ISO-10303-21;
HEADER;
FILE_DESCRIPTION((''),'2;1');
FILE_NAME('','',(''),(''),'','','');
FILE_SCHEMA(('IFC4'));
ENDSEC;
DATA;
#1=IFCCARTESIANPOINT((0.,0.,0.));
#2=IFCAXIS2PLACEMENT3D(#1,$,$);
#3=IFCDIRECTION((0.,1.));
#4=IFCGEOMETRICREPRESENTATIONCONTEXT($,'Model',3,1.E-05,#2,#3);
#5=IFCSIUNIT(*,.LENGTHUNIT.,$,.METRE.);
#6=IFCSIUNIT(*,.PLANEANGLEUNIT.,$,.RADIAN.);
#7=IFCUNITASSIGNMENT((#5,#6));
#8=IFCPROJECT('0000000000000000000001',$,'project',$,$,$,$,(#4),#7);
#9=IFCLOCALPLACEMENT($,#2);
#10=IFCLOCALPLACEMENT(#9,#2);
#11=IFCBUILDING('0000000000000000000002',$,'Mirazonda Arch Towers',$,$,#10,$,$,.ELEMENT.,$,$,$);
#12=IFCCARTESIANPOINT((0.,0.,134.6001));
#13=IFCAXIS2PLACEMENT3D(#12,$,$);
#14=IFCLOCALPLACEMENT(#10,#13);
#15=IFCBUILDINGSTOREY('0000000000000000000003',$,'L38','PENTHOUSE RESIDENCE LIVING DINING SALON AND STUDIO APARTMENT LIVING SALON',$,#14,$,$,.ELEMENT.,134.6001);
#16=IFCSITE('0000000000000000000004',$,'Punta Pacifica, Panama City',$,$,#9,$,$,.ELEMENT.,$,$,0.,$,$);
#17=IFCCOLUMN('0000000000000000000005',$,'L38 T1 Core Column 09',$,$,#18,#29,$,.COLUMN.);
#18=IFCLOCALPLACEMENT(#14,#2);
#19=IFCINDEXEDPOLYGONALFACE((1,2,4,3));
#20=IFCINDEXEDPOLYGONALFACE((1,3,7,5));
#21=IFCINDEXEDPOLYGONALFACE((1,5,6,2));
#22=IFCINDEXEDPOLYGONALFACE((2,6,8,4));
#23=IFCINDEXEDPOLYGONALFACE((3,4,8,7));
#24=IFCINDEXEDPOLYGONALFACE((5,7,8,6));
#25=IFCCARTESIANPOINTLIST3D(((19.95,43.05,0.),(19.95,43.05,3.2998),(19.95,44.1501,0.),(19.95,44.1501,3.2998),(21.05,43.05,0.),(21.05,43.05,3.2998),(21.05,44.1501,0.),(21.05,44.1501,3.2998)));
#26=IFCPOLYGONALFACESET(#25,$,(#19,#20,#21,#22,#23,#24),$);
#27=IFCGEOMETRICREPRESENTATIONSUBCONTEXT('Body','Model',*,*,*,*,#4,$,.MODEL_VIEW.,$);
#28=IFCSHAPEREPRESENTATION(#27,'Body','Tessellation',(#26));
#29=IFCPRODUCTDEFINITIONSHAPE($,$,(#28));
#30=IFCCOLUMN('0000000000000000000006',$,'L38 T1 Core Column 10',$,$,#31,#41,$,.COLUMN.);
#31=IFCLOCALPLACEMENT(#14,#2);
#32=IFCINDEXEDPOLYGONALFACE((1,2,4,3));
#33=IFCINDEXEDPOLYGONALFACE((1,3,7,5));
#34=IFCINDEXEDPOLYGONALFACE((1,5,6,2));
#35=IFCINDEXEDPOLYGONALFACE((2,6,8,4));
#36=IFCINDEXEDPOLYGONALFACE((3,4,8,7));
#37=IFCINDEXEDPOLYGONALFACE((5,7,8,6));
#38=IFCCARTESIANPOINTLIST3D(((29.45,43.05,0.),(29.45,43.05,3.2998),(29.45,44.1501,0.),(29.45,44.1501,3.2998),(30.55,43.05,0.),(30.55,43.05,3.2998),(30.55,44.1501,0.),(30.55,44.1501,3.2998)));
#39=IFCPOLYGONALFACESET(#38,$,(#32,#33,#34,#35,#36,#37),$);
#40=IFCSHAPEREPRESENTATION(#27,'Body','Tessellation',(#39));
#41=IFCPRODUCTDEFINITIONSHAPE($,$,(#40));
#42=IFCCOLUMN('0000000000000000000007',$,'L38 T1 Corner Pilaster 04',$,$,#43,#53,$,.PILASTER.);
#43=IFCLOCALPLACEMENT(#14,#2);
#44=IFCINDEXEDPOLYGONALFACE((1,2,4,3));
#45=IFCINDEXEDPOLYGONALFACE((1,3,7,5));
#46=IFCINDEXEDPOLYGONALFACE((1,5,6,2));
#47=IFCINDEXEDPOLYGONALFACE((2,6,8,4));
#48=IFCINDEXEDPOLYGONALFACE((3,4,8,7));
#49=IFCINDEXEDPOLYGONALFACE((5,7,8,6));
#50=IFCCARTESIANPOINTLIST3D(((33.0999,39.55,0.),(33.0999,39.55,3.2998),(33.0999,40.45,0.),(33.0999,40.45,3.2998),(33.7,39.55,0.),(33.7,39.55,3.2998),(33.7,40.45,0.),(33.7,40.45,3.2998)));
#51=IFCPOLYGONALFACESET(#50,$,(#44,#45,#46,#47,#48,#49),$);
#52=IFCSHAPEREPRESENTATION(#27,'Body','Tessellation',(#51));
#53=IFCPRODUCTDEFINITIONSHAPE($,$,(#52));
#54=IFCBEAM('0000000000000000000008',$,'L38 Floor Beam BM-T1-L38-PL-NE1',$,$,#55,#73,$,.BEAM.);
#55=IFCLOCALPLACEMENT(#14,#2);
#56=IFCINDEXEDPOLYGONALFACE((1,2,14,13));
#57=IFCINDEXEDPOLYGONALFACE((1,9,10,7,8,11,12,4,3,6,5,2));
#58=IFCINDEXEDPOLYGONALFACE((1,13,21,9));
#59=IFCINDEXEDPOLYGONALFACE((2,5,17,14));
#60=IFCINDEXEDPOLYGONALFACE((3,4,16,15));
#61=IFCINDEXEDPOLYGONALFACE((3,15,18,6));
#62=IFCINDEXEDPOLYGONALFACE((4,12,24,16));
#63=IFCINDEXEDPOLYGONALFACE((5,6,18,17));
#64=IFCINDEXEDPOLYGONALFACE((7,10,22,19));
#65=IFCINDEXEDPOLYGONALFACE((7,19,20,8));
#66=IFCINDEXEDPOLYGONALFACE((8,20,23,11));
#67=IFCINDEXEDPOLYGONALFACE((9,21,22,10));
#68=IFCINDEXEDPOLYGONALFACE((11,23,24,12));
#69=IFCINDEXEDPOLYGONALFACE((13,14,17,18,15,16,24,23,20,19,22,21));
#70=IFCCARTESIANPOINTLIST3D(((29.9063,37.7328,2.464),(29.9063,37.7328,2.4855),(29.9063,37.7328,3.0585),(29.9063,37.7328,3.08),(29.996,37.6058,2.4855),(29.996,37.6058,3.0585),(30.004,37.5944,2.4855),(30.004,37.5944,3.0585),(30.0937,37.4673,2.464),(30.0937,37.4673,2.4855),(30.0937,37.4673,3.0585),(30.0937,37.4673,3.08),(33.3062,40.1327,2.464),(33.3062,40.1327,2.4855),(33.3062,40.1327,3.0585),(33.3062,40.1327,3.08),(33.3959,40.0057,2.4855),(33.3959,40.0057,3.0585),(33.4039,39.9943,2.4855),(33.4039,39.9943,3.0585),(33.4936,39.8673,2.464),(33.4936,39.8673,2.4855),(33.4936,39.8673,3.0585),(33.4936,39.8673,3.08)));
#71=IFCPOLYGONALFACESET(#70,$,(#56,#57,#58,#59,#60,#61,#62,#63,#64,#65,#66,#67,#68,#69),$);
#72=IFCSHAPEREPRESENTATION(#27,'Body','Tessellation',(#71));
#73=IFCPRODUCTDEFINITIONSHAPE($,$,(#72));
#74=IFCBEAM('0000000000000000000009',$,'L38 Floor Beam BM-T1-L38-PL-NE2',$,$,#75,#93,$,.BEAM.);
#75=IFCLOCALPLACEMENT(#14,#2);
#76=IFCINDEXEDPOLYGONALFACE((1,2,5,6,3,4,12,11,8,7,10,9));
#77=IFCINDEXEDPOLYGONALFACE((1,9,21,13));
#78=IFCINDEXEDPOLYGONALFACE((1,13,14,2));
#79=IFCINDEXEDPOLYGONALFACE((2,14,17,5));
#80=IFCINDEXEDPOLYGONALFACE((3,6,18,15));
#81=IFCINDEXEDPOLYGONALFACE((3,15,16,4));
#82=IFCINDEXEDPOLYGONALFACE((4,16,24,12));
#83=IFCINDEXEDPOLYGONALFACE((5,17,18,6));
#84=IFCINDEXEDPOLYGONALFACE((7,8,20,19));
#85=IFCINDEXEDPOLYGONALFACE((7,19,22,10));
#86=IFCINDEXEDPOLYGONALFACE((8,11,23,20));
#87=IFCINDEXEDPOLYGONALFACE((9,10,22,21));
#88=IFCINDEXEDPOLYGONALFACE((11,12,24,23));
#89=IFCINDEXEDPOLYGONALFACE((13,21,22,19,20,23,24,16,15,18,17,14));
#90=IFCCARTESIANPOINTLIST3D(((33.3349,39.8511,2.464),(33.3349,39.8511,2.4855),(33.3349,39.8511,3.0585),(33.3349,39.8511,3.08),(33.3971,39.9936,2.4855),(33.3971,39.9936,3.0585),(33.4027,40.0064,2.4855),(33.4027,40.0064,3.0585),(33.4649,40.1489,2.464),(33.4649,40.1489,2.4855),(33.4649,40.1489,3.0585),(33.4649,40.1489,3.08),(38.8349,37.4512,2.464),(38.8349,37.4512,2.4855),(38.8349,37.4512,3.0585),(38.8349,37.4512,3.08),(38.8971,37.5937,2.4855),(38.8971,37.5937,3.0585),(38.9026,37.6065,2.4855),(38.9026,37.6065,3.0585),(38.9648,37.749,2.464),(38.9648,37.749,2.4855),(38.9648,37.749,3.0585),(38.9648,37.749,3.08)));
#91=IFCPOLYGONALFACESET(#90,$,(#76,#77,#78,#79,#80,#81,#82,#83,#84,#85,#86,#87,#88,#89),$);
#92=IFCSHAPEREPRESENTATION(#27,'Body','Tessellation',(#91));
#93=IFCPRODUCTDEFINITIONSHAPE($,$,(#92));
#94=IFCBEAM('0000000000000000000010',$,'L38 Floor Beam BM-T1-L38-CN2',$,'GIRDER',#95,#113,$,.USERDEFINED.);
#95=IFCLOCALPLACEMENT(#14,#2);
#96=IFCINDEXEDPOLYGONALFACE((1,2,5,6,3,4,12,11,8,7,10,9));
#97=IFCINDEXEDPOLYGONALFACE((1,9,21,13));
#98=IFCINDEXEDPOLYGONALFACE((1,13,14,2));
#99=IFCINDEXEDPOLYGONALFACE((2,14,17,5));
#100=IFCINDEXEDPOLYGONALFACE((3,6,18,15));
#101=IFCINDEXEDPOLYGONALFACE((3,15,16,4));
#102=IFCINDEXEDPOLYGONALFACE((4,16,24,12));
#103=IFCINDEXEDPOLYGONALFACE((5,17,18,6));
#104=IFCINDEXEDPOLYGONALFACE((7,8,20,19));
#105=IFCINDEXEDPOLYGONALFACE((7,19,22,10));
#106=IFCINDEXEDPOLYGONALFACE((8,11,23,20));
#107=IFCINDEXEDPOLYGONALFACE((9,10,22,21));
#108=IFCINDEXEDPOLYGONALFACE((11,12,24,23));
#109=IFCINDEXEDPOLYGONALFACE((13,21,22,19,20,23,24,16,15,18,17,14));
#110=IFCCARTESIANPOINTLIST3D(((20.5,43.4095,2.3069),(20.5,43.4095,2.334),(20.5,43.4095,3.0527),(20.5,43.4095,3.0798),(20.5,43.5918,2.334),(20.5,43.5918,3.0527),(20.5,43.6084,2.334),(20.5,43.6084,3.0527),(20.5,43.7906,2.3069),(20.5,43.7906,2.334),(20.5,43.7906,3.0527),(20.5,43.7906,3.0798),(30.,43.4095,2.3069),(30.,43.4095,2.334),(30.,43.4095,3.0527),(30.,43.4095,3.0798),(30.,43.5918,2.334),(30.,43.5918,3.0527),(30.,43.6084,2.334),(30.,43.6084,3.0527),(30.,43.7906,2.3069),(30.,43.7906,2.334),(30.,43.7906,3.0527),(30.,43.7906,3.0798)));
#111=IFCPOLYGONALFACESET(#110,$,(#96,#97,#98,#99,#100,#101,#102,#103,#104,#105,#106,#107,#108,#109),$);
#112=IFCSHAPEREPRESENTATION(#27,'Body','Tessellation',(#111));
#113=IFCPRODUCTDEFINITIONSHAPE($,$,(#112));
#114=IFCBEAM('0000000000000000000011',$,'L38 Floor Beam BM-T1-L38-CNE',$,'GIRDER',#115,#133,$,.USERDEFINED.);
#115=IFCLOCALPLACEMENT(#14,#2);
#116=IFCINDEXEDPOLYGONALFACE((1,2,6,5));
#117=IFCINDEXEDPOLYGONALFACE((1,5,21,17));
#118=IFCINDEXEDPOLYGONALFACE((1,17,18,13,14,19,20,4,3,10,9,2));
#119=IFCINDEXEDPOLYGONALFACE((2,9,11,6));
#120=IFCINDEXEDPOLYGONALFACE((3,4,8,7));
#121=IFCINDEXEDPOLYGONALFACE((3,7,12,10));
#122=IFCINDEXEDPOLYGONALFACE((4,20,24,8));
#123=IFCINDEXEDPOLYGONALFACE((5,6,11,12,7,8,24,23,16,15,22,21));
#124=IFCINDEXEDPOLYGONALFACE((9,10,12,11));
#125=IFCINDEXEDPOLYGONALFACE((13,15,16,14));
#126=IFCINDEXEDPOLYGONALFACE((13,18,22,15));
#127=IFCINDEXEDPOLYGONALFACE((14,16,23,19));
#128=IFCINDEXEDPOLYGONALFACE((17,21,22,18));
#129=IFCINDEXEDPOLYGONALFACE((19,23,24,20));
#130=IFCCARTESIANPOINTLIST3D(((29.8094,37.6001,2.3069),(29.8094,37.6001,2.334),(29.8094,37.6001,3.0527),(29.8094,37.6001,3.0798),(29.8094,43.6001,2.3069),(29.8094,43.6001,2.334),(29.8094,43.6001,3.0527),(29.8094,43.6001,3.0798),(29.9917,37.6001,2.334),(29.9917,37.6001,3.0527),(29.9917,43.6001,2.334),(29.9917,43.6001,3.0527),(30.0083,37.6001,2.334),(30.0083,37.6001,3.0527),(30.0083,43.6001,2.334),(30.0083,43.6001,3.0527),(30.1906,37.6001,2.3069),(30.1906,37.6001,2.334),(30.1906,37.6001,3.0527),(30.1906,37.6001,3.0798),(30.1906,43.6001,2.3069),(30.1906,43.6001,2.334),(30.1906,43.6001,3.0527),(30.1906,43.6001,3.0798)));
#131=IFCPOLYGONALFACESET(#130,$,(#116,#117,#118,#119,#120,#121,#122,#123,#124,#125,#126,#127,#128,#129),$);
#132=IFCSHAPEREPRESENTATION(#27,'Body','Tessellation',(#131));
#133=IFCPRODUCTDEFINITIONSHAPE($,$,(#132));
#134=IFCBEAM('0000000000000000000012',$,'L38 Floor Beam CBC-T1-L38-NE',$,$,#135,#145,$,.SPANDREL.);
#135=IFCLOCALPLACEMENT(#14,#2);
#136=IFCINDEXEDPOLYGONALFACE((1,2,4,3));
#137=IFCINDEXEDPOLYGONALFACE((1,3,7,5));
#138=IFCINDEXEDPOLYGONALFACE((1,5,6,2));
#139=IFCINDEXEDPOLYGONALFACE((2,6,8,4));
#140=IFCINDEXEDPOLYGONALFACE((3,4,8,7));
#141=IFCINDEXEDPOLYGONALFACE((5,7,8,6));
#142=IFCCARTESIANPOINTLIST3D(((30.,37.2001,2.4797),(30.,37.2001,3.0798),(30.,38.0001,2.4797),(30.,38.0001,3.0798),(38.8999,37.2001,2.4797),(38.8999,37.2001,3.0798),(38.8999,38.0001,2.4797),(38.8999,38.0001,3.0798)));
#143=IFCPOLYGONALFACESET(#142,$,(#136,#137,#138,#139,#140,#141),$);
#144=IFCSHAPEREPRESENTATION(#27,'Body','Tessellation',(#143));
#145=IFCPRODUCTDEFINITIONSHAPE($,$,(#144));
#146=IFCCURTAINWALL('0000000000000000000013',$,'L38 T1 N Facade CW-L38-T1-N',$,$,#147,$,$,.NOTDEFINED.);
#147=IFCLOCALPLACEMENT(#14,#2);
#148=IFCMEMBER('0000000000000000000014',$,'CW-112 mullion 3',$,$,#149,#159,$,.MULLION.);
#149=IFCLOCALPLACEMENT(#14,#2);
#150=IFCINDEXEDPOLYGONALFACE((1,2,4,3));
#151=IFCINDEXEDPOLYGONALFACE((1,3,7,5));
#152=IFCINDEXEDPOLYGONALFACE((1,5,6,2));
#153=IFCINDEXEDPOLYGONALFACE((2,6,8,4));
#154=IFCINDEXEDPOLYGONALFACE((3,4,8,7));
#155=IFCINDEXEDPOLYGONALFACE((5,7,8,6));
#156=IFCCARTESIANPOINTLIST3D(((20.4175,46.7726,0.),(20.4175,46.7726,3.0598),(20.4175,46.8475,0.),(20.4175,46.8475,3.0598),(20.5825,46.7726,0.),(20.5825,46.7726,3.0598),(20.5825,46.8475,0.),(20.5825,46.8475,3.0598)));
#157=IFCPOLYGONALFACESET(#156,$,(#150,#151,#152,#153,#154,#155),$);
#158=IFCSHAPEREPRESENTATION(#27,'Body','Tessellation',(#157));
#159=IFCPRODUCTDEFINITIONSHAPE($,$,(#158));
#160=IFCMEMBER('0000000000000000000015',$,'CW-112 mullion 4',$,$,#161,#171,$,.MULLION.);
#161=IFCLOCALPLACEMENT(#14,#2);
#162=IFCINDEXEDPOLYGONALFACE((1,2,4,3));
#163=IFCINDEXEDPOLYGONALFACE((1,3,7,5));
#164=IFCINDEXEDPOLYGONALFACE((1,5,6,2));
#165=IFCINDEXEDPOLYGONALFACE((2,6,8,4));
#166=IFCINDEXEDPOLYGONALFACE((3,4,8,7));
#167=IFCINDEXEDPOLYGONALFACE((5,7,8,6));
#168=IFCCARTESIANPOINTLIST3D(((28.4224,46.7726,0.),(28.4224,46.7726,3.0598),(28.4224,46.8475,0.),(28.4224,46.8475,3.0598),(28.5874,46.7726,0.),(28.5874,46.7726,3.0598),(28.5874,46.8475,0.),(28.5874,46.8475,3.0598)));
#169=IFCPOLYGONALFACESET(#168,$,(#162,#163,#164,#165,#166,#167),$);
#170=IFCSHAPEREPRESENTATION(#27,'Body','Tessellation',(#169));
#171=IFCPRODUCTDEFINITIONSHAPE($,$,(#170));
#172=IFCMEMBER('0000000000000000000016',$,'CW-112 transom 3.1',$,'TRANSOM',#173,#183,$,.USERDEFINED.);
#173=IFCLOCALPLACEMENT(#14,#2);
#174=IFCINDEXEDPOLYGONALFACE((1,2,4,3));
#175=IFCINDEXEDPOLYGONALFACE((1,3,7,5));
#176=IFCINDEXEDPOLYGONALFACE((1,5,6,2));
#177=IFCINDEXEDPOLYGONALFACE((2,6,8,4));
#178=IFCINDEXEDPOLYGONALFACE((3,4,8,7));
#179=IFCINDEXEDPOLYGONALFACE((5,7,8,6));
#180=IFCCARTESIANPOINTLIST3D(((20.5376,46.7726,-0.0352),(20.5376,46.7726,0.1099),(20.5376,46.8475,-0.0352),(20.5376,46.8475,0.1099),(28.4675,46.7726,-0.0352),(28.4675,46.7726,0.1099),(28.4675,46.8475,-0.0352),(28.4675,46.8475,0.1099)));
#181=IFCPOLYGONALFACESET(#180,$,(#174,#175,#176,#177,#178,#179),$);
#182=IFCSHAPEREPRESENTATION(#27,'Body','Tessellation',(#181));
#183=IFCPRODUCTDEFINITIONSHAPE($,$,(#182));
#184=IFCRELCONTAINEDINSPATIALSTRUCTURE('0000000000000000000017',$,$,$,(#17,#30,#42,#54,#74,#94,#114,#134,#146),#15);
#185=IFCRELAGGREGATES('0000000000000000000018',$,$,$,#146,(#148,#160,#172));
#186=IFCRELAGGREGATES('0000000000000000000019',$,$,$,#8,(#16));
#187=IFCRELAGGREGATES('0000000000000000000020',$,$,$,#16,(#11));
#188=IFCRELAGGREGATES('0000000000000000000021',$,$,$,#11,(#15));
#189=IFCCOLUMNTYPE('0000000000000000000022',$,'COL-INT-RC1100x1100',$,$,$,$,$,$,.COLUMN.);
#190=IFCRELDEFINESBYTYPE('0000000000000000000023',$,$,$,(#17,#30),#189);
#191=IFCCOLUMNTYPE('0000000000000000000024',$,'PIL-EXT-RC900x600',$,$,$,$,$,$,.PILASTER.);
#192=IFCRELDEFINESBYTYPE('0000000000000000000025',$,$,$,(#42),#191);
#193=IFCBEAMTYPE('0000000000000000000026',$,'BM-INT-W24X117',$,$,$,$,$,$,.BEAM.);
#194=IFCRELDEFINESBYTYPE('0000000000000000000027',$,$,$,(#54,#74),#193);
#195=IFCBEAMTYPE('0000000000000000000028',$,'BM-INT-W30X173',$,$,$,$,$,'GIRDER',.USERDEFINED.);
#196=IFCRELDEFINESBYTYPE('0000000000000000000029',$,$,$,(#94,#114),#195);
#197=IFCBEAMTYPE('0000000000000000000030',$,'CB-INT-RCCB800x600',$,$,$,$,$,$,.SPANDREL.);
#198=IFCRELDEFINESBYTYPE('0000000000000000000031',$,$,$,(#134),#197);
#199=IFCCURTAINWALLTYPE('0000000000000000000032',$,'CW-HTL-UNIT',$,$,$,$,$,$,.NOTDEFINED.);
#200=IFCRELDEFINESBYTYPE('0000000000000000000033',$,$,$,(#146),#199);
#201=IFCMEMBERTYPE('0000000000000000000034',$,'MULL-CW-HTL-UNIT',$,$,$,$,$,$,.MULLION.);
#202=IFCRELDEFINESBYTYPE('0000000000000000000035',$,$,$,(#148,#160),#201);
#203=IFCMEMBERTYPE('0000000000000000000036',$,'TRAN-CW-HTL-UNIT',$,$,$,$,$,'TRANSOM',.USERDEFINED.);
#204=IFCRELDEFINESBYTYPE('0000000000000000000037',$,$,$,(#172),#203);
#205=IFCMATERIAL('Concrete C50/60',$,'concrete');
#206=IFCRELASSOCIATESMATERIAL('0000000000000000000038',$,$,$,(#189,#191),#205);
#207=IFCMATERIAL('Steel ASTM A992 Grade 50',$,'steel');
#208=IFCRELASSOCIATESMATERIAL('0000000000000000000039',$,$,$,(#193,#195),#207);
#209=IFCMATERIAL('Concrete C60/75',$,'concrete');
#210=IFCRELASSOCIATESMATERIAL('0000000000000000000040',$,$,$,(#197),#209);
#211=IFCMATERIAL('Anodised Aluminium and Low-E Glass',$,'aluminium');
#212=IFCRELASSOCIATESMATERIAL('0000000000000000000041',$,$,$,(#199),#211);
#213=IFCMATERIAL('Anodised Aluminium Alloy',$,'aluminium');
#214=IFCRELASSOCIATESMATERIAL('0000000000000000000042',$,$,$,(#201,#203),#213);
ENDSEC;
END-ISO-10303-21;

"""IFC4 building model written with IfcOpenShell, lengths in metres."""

from ifc_helpers import new_model, si_unit, direction, frame, origin, origin_2d, place, context, subcontext, project, spatial, rectangle, i_section, extrude, material, material_profile, profile_set, type_object, element, aggregate, save


model = new_model("IFC4")

# Units and contexts
model_context = context("Model", 3, precision=1e-05, world=origin(), true_north=direction((0.0, 1.0)))
body_context = subcontext(model_context, "Body", "Model", "MODEL_VIEW")
ifc_project = project(units=[si_unit("LENGTHUNIT", "METRE"), si_unit("PLANEANGLEUNIT", "RADIAN")], contexts=[model_context])

# Site, building, storey
site_placement = place(None, origin())
site = spatial("IfcSite", under=ifc_project, at=site_placement, Name="Punta Pacifica, Panama City", CompositionType="ELEMENT", RefElevation=0.0)
building_placement = place(site_placement, origin())
building = spatial("IfcBuilding", under=site, at=building_placement, Name="Mirazonda Arch Towers", CompositionType="ELEMENT")
storey_placement = place(building_placement, frame((0.0, 0.0, 134.6001)))
storey = spatial("IfcBuildingStorey", under=building, at=storey_placement, Name="L38", Description="PENTHOUSE RESIDENCE LIVING DINING SALON AND STUDIO APARTMENT LIVING SALON", CompositionType="ELEMENT", Elevation=134.6001)

# Columns
ifc_material_1 = material(Name="Concrete C50/60", Category="concrete")
ifc_material_profile_1 = material_profile(ifc_material_1, rectangle(XDim=1.1001, YDim=1.1001, at=origin_2d()), Name="RC1100x1100")
ifc_profile_set_1 = profile_set([ifc_material_profile_1], Name="Concrete C50/60")
column_type_1 = type_object("IfcColumnType", Name="COL-INT-RC1100x1100", PredefinedType="COLUMN", material=ifc_profile_set_1)
for number, where, z_axis, x_axis, name in (
    (1, (20.5, 43.6001, 0.0), (0.0, 0.0, 1.0), (1.0, 0.0, 0.0), "L38 T1 Core Column 09"),
    (2, (30.0, 43.6001, 0.0), (0.0, 0.0, 1.0), (1.0, 0.0, 0.0), "L38 T1 Core Column 10"),
):
    element("IfcColumn", number, at=place(storey_placement, frame(where, z_axis=z_axis, x_axis=x_axis)), inside=storey, type_object=column_type_1, Name=name, PredefinedType="COLUMN", context=body_context, shape_type="SweptSolid", body=[
        extrude(rectangle(XDim=1.1001, YDim=1.1001, at=origin_2d()), origin(), (0.0, 0.0, 1.0), 3.2998),
    ])
ifc_material_profile_2 = material_profile(ifc_material_1, rectangle(XDim=0.6001, YDim=0.8999, at=origin_2d()), Name="RC900x600")
ifc_profile_set_2 = profile_set([ifc_material_profile_2], Name="Concrete C50/60")
column_type_2 = type_object("IfcColumnType", Name="PIL-EXT-RC900x600", PredefinedType="PILASTER", material=ifc_profile_set_2)
column_placement = place(storey_placement, frame((33.3999, 40.0, 0.0), z_axis=(0.0, 0.0, 1.0), x_axis=(1.0, 0.0, 0.0)))
element("IfcColumn", 3, at=column_placement, inside=storey, type_object=column_type_2, Name="L38 T1 Corner Pilaster 04", PredefinedType="PILASTER", context=body_context, shape_type="SweptSolid", body=[
    extrude(rectangle(XDim=0.6001, YDim=0.8999, at=origin_2d()), origin(), (0.0, 0.0, 1.0), 3.2998),
])

# Beams
ifc_material_2 = material(Name="Steel ASTM A992 Grade 50", Category="steel")
ifc_material_profile_3 = material_profile(ifc_material_2, i_section(OverallWidth=0.325, OverallDepth=0.616, WebThickness=0.0139, FlangeThickness=0.0215, at=origin_2d()), Name="W24X117")
ifc_profile_set_3 = profile_set([ifc_material_profile_3], Name="Steel ASTM A992 Grade 50")
beam_type_1 = type_object("IfcBeamType", Name="BM-INT-W24X117", PredefinedType="BEAM", material=ifc_profile_set_3)
beam_1_placement = place(storey_placement, frame((33.3999, 40.0, 2.772), z_axis=(-0.816971, -0.576679, 0.0), x_axis=(0.576679, -0.816971, 0.0)))
element("IfcBeam", 4, at=beam_1_placement, inside=storey, type_object=beam_type_1, Name="L38 Floor Beam BM-T1-L38-PL-NE1", PredefinedType="BEAM", context=body_context, shape_type="SweptSolid", body=[
    extrude(i_section(OverallWidth=0.325, OverallDepth=0.616, WebThickness=0.0139, FlangeThickness=0.0215, at=origin_2d()), origin(), (0.0, 0.0, 1.0), 4.1616),
])
beam_2_placement = place(storey_placement, frame((33.3999, 40.0, 2.772), z_axis=(0.916545, -0.399931, 0.0), x_axis=(0.399931, 0.916545, 0.0)))
element("IfcBeam", 5, at=beam_2_placement, inside=storey, type_object=beam_type_1, Name="L38 Floor Beam BM-T1-L38-PL-NE2", PredefinedType="BEAM", context=body_context, shape_type="SweptSolid", body=[
    extrude(i_section(OverallWidth=0.325, OverallDepth=0.616, WebThickness=0.0139, FlangeThickness=0.0215, at=origin_2d()), origin(), (0.0, 0.0, 1.0), 6.0007),
])
ifc_material_profile_4 = material_profile(ifc_material_2, i_section(OverallWidth=0.3811, OverallDepth=0.7729, WebThickness=0.0166, FlangeThickness=0.0271, at=origin_2d()), Name="W30X173")
ifc_profile_set_4 = profile_set([ifc_material_profile_4], Name="Steel ASTM A992 Grade 50")
beam_type_2 = type_object("IfcBeamType", Name="BM-INT-W30X173", ElementType="GIRDER", PredefinedType="USERDEFINED", material=ifc_profile_set_4)
beam_3_placement = place(storey_placement, frame((20.5, 43.6001, 2.6934), z_axis=(1.0, 0.0, 0.0), x_axis=(0.0, 1.0, 0.0)))
element("IfcBeam", 6, at=beam_3_placement, inside=storey, type_object=beam_type_2, Name="L38 Floor Beam BM-T1-L38-CN2", ObjectType="GIRDER", PredefinedType="USERDEFINED", context=body_context, shape_type="SweptSolid", body=[
    extrude(i_section(OverallWidth=0.3811, OverallDepth=0.7729, WebThickness=0.0166, FlangeThickness=0.0271, at=origin_2d()), origin(), (0.0, 0.0, 1.0), 9.5),
])
beam_4_placement = place(storey_placement, frame((30.0, 37.6001, 2.6934), z_axis=(0.0, 1.0, 0.0), x_axis=(-1.0, 0.0, 0.0)))
element("IfcBeam", 7, at=beam_4_placement, inside=storey, type_object=beam_type_2, Name="L38 Floor Beam BM-T1-L38-CNE", ObjectType="GIRDER", PredefinedType="USERDEFINED", context=body_context, shape_type="SweptSolid", body=[
    extrude(i_section(OverallWidth=0.3811, OverallDepth=0.7729, WebThickness=0.0166, FlangeThickness=0.0271, at=origin_2d()), origin(), (0.0, 0.0, 1.0), 6.0),
])
ifc_material_3 = material(Name="Concrete C60/75", Category="concrete")
ifc_material_profile_5 = material_profile(ifc_material_3, rectangle(XDim=0.8, YDim=0.6001, at=origin_2d()), Name="RCCB800x600")
ifc_profile_set_5 = profile_set([ifc_material_profile_5], Name="Concrete C60/75")
beam_type_3 = type_object("IfcBeamType", Name="CB-INT-RCCB800x600", PredefinedType="SPANDREL", material=ifc_profile_set_5)
beam_5_placement = place(storey_placement, frame((30.0, 37.6001, 2.7798), z_axis=(1.0, 0.0, 0.0), x_axis=(0.0, 1.0, 0.0)))
element("IfcBeam", 8, at=beam_5_placement, inside=storey, type_object=beam_type_3, Name="L38 Floor Beam CBC-T1-L38-NE", PredefinedType="SPANDREL", context=body_context, shape_type="SweptSolid", body=[
    extrude(rectangle(XDim=0.8, YDim=0.6001, at=origin_2d()), origin(), (0.0, 0.0, 1.0), 8.8999),
])

# Curtain wall, members
ifc_material_4 = material(Name="Anodised Aluminium and Low-E Glass", Category="aluminium")
curtain_wall_type = type_object("IfcCurtainWallType", Name="CW-HTL-UNIT", PredefinedType="NOTDEFINED", material=ifc_material_4)
curtain_wall_placement = place(storey_placement, origin())
curtain_wall = element("IfcCurtainWall", 9, at=curtain_wall_placement, inside=storey, type_object=curtain_wall_type, Name="L38 T1 N Facade CW-L38-T1-N", PredefinedType="NOTDEFINED")
ifc_material_5 = material(Name="Anodised Aluminium Alloy", Category="aluminium")
ifc_material_profile_6 = material_profile(ifc_material_5, rectangle(XDim=0.075, YDim=0.165, at=origin_2d()), Name="ALU-MULL-75x165")
ifc_profile_set_6 = profile_set([ifc_material_profile_6], Name="Anodised Aluminium Alloy")
member_type_1 = type_object("IfcMemberType", Name="MULL-CW-HTL-UNIT", PredefinedType="MULLION", material=ifc_profile_set_6)
member_1_placement = place(storey_placement, frame((20.5, 46.8101, 0.0), z_axis=(0.0, 0.0, 1.0), x_axis=(0.0, 1.0, 0.0)))
member_1 = element("IfcMember", 10, at=member_1_placement, type_object=member_type_1, Name="CW-112 mullion 3", PredefinedType="MULLION", context=body_context, shape_type="SweptSolid", body=[
    extrude(rectangle(XDim=0.075, YDim=0.165, at=origin_2d()), origin(), (0.0, 0.0, 1.0), 3.0598),
])
member_2_placement = place(storey_placement, frame((28.5049, 46.8101, 0.0), z_axis=(0.0, 0.0, 1.0), x_axis=(0.0, 1.0, 0.0)))
member_2 = element("IfcMember", 11, at=member_2_placement, type_object=member_type_1, Name="CW-112 mullion 4", PredefinedType="MULLION", context=body_context, shape_type="SweptSolid", body=[
    extrude(rectangle(XDim=0.075, YDim=0.165, at=origin_2d()), origin(), (0.0, 0.0, 1.0), 3.0598),
])
ifc_material_profile_7 = material_profile(ifc_material_5, rectangle(XDim=0.075, YDim=0.145, at=origin_2d()), Name="ALU-TRAN-75x145")
ifc_profile_set_7 = profile_set([ifc_material_profile_7], Name="Anodised Aluminium Alloy")
member_type_2 = type_object("IfcMemberType", Name="TRAN-CW-HTL-UNIT", ElementType="TRANSOM", PredefinedType="USERDEFINED", material=ifc_profile_set_7)
member_3_placement = place(storey_placement, frame((20.5376, 46.8101, 0.0374), z_axis=(1.0, 0.0, 0.0), x_axis=(0.0, 1.0, 0.0)))
member_3 = element("IfcMember", 12, at=member_3_placement, type_object=member_type_2, Name="CW-112 transom 3.1", ObjectType="TRANSOM", PredefinedType="USERDEFINED", context=body_context, shape_type="SweptSolid", body=[
    extrude(rectangle(XDim=0.075, YDim=0.145, at=origin_2d()), origin(), (0.0, 0.0, 1.0), 7.9299),
])
aggregate(curtain_wall, [member_1, member_2, member_3])

save(model, "model.ifc")
